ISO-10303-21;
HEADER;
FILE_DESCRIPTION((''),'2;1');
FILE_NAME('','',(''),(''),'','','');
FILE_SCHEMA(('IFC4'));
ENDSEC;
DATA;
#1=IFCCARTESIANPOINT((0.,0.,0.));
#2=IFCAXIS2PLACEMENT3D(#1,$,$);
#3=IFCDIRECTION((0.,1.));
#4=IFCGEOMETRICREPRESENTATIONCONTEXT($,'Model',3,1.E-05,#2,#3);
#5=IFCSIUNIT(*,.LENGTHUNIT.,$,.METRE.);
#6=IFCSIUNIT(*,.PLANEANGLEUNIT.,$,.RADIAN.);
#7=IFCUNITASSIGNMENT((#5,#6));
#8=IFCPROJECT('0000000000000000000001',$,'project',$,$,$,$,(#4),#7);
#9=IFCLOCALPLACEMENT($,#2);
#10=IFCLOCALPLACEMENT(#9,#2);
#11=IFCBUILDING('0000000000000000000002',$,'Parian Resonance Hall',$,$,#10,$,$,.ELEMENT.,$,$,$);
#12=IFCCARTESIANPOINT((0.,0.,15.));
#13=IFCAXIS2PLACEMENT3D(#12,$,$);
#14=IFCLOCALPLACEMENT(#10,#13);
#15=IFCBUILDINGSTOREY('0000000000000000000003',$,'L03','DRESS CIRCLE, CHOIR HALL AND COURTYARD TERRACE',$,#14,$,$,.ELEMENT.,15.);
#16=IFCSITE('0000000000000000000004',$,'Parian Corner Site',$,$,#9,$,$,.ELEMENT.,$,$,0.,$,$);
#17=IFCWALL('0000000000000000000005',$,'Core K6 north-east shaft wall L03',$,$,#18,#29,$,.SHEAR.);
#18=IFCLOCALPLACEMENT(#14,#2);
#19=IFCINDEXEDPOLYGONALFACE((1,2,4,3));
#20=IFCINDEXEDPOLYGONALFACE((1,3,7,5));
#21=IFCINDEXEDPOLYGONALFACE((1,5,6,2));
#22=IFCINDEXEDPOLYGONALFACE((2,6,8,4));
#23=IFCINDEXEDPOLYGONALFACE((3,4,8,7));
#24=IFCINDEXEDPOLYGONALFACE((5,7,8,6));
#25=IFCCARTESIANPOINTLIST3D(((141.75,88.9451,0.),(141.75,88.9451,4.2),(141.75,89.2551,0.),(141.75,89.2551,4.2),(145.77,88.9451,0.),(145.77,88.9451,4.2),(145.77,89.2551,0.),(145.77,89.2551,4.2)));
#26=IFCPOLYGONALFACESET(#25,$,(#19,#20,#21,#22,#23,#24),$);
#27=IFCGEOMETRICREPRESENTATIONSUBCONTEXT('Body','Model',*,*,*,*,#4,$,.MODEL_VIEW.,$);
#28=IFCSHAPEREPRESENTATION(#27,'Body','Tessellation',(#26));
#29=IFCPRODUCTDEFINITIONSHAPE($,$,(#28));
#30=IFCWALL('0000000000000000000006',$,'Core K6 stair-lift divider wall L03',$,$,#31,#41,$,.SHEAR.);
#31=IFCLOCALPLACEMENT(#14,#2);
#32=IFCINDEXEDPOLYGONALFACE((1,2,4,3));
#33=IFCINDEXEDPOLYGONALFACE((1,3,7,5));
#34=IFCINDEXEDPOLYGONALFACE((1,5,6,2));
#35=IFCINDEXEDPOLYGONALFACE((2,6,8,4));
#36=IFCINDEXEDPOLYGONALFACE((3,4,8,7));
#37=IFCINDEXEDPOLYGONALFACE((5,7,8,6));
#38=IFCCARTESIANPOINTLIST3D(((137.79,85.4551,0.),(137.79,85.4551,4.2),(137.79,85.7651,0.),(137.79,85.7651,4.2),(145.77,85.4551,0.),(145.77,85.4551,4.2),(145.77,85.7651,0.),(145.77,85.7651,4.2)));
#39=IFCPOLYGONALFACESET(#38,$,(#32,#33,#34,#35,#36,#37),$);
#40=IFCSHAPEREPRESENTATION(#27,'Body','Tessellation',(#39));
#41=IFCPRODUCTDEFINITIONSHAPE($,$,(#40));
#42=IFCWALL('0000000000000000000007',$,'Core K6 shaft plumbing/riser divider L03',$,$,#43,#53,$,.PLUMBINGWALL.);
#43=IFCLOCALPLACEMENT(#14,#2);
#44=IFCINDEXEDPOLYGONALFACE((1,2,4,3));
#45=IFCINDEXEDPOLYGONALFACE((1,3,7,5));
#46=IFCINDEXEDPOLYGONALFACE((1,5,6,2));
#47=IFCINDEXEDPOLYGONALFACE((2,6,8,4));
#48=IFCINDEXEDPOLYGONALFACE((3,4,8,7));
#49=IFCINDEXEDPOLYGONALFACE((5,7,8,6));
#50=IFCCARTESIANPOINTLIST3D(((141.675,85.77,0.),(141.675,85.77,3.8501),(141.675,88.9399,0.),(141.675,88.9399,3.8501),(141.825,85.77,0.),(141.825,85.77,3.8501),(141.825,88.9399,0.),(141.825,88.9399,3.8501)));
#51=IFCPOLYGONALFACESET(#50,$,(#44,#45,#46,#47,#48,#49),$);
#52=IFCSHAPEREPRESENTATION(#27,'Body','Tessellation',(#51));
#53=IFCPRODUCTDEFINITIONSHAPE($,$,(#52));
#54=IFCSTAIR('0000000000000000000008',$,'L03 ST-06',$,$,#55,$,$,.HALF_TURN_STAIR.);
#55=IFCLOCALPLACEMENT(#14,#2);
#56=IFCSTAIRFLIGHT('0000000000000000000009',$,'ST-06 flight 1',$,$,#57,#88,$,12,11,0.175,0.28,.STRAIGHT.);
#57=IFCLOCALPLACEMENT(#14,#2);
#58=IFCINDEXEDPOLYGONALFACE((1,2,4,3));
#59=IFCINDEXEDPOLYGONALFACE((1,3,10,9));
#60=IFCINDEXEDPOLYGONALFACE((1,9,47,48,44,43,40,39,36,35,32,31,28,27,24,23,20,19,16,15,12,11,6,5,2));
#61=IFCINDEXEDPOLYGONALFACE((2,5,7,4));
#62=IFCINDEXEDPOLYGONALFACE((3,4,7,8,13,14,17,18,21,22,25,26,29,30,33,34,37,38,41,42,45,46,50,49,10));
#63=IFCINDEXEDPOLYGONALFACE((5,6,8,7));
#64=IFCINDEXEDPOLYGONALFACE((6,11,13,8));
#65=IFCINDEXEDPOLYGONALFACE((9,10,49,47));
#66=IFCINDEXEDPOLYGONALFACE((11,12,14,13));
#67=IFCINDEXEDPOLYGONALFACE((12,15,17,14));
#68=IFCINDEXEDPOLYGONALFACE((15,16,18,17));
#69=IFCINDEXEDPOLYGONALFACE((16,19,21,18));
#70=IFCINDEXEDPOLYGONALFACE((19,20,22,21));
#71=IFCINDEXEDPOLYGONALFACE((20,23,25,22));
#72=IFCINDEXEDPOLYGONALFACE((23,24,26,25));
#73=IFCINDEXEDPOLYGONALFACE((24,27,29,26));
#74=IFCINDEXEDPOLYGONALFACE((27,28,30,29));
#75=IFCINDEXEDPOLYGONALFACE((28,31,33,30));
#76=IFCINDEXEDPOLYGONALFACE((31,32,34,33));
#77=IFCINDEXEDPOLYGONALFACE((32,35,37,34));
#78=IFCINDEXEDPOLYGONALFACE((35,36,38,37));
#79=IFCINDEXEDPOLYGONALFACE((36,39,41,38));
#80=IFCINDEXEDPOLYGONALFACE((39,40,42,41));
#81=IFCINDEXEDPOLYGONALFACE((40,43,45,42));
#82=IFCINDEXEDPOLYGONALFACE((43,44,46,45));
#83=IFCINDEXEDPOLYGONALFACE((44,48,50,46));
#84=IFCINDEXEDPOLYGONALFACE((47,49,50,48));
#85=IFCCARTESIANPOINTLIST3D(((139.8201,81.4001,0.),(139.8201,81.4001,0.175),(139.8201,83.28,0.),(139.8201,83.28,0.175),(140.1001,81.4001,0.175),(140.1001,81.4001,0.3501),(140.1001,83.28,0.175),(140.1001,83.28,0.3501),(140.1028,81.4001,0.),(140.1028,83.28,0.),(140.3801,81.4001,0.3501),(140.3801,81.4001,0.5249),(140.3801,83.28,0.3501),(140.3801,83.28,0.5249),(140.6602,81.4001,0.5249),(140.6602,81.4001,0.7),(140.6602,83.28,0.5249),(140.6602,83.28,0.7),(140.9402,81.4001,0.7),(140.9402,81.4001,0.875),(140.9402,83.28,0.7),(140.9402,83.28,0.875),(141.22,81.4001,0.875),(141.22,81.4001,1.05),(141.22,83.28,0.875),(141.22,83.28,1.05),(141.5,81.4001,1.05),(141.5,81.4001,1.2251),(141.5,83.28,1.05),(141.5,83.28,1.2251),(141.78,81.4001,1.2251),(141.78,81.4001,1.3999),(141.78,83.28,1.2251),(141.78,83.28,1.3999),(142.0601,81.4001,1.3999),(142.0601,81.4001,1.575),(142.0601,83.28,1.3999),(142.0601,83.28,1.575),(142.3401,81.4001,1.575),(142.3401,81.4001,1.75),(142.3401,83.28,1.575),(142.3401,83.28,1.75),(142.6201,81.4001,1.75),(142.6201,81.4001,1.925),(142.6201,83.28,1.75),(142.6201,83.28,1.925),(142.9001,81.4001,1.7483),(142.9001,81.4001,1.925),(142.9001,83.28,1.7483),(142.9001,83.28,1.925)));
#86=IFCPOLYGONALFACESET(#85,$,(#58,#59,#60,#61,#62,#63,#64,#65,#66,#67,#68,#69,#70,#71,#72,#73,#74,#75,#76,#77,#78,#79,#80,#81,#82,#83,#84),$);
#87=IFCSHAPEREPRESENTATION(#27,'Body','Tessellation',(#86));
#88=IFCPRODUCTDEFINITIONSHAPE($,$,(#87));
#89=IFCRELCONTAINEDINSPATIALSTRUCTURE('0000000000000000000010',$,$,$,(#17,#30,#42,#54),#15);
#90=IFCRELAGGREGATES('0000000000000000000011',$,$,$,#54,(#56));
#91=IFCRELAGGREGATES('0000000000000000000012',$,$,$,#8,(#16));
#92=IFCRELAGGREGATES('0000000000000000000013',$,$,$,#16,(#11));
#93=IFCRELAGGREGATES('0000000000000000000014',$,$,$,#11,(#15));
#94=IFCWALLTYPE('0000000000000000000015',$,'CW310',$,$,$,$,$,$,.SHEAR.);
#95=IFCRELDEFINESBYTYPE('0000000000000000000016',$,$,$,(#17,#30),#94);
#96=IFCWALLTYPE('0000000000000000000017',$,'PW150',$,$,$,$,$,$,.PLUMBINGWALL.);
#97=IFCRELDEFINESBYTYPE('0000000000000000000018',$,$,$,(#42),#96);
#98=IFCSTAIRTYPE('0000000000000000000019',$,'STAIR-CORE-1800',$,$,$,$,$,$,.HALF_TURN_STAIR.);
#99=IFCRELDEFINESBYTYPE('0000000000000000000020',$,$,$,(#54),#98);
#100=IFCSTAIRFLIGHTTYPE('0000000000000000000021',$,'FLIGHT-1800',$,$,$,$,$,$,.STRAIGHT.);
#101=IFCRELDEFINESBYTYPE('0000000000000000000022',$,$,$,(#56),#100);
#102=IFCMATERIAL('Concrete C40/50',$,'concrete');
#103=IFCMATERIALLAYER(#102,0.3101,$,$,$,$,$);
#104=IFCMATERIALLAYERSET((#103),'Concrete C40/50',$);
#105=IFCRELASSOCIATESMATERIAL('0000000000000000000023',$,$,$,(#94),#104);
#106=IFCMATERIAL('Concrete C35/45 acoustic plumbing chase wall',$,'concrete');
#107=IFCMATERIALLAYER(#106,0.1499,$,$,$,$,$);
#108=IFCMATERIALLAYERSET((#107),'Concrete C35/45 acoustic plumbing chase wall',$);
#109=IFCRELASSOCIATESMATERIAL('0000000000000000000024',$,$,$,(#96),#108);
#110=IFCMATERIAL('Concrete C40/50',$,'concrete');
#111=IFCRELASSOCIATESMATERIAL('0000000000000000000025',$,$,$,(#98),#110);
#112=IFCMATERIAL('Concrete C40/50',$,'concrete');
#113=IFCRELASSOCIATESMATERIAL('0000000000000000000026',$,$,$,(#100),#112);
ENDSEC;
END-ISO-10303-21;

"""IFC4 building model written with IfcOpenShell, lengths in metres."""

from ifc_helpers import new_model, si_unit, direction, frame, frame_2d, origin, place, context, subcontext, project, spatial, polyline, rectangle, outline, extrude, material, layer, layer_set, type_object, element, aggregate, save


model = new_model("IFC4")

# Units and contexts
model_context = context("Model", 3, precision=1e-05, world=origin(), true_north=direction((0.0, 1.0)))
body_context = subcontext(model_context, "Body", "Model", "MODEL_VIEW")
ifc_project = project(units=[si_unit("LENGTHUNIT", "METRE"), si_unit("PLANEANGLEUNIT", "RADIAN")], contexts=[model_context])

# Site, building, storey
site_placement = place(None, origin())
site = spatial("IfcSite", under=ifc_project, at=site_placement, Name="Parian Corner Site", CompositionType="ELEMENT", RefElevation=0.0)
building_placement = place(site_placement, origin())
building = spatial("IfcBuilding", under=site, at=building_placement, Name="Parian Resonance Hall", CompositionType="ELEMENT")
storey_placement = place(building_placement, frame((0.0, 0.0, 15.0)))
storey = spatial("IfcBuildingStorey", under=building, at=storey_placement, Name="L03", Description="DRESS CIRCLE, CHOIR HALL AND COURTYARD TERRACE", CompositionType="ELEMENT", Elevation=15.0)

# Shared definitions
ifc_material_1 = material(Name="Concrete C40/50", Category="concrete")
ifc_layer_1 = layer(ifc_material_1, 0.3101)
ifc_layer_set_1 = layer_set([ifc_layer_1], Name="Concrete C40/50")
wall_type_1 = type_object("IfcWallType", Name="CW310", PredefinedType="SHEAR", material=ifc_layer_set_1)

# Walls
wall_1_placement = place(storey_placement, frame((141.75, 89.1001, 0.0), z_axis=(0.0, 0.0, 1.0), x_axis=(1.0, 0.0, 0.0)))
element("IfcWall", 1, at=wall_1_placement, inside=storey, type_object=wall_type_1, Name="Core K6 north-east shaft wall L03", PredefinedType="SHEAR", context=body_context, shape_type="SweptSolid", body=[
    extrude(rectangle(XDim=4.02, YDim=0.3101, at=frame_2d((2.01, 0.0))), origin(), (0.0, 0.0, 1.0), 4.2),
])
wall_2_placement = place(storey_placement, frame((137.79, 85.6101, 0.0), z_axis=(0.0, 0.0, 1.0), x_axis=(1.0, 0.0, 0.0)))
element("IfcWall", 2, at=wall_2_placement, inside=storey, type_object=wall_type_1, Name="Core K6 stair-lift divider wall L03", PredefinedType="SHEAR", context=body_context, shape_type="SweptSolid", body=[
    extrude(rectangle(XDim=7.98, YDim=0.3101, at=frame_2d((3.99, 0.0))), origin(), (0.0, 0.0, 1.0), 4.2),
])
ifc_material_2 = material(Name="Concrete C35/45 acoustic plumbing chase wall", Category="concrete")
ifc_layer_2 = layer(ifc_material_2, 0.1499)
ifc_layer_set_2 = layer_set([ifc_layer_2], Name="Concrete C35/45 acoustic plumbing chase wall")
wall_type_2 = type_object("IfcWallType", Name="PW150", PredefinedType="PLUMBINGWALL", material=ifc_layer_set_2)
wall_3_placement = place(storey_placement, frame((141.75, 85.77, 0.0), z_axis=(0.0, 0.0, 1.0), x_axis=(0.0, 1.0, 0.0)))
element("IfcWall", 3, at=wall_3_placement, inside=storey, type_object=wall_type_2, Name="Core K6 shaft plumbing/riser divider L03", PredefinedType="PLUMBINGWALL", context=body_context, shape_type="SweptSolid", body=[
    extrude(rectangle(XDim=3.1699, YDim=0.1499, at=frame_2d((1.585, 0.0))), origin(), (0.0, 0.0, 1.0), 3.8501),
])

# Stair, stair flight
ifc_material_3 = material(Name="Concrete C40/50", Category="concrete")
stair_type = type_object("IfcStairType", Name="STAIR-CORE-1800", PredefinedType="HALF_TURN_STAIR", material=ifc_material_3)
stair_placement = place(storey_placement, origin())
stair = element("IfcStair", 4, at=stair_placement, inside=storey, type_object=stair_type, Name="L03 ST-06", PredefinedType="HALF_TURN_STAIR")
ifc_material_4 = material(Name="Concrete C40/50", Category="concrete")
stair_flight_type = type_object("IfcStairFlightType", Name="FLIGHT-1800", PredefinedType="STRAIGHT", material=ifc_material_4)
stair_flight_placement = place(storey_placement, frame((139.8201, 82.3401, 0.0), z_axis=(0.0, 0.0, 1.0), x_axis=(1.0, 0.0, 0.0)))
stair_flight = element("IfcStairFlight", 5, at=stair_flight_placement, type_object=stair_flight_type, Name="ST-06 flight 1", NumberOfRisers=12, NumberOfTreads=11, PredefinedType="STRAIGHT", RiserHeight=0.175, TreadLength=0.28, context=body_context, shape_type="SweptSolid", body=[
    extrude(outline(polyline([(0.0, 0.0), (0.0, 0.175), (0.28, 0.175), (0.28, 0.3501), (0.5601, 0.3501), (0.5601, 0.5249), (0.8401, 0.5249), (0.8401, 0.7), (1.1201, 0.7), (1.1201, 0.875), (1.3999, 0.875), (1.3999, 1.05), (1.6799, 1.05), (1.6799, 1.2251), (1.96, 1.2251), (1.96, 1.3999), (2.24, 1.3999), (2.24, 1.575), (2.52, 1.575), (2.52, 1.75), (2.8, 1.75), (2.8, 1.925), (3.0801, 1.925), (3.0801, 2.1001), (3.0801, 1.7483), (0.2827, 0.0), (0.0, 0.0)])), frame((0.0, 0.9399, 0.0), z_axis=(0.0, -1.0, 0.0), x_axis=(1.0, 0.0, 0.0)), (0.0, 0.0, 1.0), 1.8799),
])
aggregate(stair, [stair_flight])

save(model, "model.ifc")
